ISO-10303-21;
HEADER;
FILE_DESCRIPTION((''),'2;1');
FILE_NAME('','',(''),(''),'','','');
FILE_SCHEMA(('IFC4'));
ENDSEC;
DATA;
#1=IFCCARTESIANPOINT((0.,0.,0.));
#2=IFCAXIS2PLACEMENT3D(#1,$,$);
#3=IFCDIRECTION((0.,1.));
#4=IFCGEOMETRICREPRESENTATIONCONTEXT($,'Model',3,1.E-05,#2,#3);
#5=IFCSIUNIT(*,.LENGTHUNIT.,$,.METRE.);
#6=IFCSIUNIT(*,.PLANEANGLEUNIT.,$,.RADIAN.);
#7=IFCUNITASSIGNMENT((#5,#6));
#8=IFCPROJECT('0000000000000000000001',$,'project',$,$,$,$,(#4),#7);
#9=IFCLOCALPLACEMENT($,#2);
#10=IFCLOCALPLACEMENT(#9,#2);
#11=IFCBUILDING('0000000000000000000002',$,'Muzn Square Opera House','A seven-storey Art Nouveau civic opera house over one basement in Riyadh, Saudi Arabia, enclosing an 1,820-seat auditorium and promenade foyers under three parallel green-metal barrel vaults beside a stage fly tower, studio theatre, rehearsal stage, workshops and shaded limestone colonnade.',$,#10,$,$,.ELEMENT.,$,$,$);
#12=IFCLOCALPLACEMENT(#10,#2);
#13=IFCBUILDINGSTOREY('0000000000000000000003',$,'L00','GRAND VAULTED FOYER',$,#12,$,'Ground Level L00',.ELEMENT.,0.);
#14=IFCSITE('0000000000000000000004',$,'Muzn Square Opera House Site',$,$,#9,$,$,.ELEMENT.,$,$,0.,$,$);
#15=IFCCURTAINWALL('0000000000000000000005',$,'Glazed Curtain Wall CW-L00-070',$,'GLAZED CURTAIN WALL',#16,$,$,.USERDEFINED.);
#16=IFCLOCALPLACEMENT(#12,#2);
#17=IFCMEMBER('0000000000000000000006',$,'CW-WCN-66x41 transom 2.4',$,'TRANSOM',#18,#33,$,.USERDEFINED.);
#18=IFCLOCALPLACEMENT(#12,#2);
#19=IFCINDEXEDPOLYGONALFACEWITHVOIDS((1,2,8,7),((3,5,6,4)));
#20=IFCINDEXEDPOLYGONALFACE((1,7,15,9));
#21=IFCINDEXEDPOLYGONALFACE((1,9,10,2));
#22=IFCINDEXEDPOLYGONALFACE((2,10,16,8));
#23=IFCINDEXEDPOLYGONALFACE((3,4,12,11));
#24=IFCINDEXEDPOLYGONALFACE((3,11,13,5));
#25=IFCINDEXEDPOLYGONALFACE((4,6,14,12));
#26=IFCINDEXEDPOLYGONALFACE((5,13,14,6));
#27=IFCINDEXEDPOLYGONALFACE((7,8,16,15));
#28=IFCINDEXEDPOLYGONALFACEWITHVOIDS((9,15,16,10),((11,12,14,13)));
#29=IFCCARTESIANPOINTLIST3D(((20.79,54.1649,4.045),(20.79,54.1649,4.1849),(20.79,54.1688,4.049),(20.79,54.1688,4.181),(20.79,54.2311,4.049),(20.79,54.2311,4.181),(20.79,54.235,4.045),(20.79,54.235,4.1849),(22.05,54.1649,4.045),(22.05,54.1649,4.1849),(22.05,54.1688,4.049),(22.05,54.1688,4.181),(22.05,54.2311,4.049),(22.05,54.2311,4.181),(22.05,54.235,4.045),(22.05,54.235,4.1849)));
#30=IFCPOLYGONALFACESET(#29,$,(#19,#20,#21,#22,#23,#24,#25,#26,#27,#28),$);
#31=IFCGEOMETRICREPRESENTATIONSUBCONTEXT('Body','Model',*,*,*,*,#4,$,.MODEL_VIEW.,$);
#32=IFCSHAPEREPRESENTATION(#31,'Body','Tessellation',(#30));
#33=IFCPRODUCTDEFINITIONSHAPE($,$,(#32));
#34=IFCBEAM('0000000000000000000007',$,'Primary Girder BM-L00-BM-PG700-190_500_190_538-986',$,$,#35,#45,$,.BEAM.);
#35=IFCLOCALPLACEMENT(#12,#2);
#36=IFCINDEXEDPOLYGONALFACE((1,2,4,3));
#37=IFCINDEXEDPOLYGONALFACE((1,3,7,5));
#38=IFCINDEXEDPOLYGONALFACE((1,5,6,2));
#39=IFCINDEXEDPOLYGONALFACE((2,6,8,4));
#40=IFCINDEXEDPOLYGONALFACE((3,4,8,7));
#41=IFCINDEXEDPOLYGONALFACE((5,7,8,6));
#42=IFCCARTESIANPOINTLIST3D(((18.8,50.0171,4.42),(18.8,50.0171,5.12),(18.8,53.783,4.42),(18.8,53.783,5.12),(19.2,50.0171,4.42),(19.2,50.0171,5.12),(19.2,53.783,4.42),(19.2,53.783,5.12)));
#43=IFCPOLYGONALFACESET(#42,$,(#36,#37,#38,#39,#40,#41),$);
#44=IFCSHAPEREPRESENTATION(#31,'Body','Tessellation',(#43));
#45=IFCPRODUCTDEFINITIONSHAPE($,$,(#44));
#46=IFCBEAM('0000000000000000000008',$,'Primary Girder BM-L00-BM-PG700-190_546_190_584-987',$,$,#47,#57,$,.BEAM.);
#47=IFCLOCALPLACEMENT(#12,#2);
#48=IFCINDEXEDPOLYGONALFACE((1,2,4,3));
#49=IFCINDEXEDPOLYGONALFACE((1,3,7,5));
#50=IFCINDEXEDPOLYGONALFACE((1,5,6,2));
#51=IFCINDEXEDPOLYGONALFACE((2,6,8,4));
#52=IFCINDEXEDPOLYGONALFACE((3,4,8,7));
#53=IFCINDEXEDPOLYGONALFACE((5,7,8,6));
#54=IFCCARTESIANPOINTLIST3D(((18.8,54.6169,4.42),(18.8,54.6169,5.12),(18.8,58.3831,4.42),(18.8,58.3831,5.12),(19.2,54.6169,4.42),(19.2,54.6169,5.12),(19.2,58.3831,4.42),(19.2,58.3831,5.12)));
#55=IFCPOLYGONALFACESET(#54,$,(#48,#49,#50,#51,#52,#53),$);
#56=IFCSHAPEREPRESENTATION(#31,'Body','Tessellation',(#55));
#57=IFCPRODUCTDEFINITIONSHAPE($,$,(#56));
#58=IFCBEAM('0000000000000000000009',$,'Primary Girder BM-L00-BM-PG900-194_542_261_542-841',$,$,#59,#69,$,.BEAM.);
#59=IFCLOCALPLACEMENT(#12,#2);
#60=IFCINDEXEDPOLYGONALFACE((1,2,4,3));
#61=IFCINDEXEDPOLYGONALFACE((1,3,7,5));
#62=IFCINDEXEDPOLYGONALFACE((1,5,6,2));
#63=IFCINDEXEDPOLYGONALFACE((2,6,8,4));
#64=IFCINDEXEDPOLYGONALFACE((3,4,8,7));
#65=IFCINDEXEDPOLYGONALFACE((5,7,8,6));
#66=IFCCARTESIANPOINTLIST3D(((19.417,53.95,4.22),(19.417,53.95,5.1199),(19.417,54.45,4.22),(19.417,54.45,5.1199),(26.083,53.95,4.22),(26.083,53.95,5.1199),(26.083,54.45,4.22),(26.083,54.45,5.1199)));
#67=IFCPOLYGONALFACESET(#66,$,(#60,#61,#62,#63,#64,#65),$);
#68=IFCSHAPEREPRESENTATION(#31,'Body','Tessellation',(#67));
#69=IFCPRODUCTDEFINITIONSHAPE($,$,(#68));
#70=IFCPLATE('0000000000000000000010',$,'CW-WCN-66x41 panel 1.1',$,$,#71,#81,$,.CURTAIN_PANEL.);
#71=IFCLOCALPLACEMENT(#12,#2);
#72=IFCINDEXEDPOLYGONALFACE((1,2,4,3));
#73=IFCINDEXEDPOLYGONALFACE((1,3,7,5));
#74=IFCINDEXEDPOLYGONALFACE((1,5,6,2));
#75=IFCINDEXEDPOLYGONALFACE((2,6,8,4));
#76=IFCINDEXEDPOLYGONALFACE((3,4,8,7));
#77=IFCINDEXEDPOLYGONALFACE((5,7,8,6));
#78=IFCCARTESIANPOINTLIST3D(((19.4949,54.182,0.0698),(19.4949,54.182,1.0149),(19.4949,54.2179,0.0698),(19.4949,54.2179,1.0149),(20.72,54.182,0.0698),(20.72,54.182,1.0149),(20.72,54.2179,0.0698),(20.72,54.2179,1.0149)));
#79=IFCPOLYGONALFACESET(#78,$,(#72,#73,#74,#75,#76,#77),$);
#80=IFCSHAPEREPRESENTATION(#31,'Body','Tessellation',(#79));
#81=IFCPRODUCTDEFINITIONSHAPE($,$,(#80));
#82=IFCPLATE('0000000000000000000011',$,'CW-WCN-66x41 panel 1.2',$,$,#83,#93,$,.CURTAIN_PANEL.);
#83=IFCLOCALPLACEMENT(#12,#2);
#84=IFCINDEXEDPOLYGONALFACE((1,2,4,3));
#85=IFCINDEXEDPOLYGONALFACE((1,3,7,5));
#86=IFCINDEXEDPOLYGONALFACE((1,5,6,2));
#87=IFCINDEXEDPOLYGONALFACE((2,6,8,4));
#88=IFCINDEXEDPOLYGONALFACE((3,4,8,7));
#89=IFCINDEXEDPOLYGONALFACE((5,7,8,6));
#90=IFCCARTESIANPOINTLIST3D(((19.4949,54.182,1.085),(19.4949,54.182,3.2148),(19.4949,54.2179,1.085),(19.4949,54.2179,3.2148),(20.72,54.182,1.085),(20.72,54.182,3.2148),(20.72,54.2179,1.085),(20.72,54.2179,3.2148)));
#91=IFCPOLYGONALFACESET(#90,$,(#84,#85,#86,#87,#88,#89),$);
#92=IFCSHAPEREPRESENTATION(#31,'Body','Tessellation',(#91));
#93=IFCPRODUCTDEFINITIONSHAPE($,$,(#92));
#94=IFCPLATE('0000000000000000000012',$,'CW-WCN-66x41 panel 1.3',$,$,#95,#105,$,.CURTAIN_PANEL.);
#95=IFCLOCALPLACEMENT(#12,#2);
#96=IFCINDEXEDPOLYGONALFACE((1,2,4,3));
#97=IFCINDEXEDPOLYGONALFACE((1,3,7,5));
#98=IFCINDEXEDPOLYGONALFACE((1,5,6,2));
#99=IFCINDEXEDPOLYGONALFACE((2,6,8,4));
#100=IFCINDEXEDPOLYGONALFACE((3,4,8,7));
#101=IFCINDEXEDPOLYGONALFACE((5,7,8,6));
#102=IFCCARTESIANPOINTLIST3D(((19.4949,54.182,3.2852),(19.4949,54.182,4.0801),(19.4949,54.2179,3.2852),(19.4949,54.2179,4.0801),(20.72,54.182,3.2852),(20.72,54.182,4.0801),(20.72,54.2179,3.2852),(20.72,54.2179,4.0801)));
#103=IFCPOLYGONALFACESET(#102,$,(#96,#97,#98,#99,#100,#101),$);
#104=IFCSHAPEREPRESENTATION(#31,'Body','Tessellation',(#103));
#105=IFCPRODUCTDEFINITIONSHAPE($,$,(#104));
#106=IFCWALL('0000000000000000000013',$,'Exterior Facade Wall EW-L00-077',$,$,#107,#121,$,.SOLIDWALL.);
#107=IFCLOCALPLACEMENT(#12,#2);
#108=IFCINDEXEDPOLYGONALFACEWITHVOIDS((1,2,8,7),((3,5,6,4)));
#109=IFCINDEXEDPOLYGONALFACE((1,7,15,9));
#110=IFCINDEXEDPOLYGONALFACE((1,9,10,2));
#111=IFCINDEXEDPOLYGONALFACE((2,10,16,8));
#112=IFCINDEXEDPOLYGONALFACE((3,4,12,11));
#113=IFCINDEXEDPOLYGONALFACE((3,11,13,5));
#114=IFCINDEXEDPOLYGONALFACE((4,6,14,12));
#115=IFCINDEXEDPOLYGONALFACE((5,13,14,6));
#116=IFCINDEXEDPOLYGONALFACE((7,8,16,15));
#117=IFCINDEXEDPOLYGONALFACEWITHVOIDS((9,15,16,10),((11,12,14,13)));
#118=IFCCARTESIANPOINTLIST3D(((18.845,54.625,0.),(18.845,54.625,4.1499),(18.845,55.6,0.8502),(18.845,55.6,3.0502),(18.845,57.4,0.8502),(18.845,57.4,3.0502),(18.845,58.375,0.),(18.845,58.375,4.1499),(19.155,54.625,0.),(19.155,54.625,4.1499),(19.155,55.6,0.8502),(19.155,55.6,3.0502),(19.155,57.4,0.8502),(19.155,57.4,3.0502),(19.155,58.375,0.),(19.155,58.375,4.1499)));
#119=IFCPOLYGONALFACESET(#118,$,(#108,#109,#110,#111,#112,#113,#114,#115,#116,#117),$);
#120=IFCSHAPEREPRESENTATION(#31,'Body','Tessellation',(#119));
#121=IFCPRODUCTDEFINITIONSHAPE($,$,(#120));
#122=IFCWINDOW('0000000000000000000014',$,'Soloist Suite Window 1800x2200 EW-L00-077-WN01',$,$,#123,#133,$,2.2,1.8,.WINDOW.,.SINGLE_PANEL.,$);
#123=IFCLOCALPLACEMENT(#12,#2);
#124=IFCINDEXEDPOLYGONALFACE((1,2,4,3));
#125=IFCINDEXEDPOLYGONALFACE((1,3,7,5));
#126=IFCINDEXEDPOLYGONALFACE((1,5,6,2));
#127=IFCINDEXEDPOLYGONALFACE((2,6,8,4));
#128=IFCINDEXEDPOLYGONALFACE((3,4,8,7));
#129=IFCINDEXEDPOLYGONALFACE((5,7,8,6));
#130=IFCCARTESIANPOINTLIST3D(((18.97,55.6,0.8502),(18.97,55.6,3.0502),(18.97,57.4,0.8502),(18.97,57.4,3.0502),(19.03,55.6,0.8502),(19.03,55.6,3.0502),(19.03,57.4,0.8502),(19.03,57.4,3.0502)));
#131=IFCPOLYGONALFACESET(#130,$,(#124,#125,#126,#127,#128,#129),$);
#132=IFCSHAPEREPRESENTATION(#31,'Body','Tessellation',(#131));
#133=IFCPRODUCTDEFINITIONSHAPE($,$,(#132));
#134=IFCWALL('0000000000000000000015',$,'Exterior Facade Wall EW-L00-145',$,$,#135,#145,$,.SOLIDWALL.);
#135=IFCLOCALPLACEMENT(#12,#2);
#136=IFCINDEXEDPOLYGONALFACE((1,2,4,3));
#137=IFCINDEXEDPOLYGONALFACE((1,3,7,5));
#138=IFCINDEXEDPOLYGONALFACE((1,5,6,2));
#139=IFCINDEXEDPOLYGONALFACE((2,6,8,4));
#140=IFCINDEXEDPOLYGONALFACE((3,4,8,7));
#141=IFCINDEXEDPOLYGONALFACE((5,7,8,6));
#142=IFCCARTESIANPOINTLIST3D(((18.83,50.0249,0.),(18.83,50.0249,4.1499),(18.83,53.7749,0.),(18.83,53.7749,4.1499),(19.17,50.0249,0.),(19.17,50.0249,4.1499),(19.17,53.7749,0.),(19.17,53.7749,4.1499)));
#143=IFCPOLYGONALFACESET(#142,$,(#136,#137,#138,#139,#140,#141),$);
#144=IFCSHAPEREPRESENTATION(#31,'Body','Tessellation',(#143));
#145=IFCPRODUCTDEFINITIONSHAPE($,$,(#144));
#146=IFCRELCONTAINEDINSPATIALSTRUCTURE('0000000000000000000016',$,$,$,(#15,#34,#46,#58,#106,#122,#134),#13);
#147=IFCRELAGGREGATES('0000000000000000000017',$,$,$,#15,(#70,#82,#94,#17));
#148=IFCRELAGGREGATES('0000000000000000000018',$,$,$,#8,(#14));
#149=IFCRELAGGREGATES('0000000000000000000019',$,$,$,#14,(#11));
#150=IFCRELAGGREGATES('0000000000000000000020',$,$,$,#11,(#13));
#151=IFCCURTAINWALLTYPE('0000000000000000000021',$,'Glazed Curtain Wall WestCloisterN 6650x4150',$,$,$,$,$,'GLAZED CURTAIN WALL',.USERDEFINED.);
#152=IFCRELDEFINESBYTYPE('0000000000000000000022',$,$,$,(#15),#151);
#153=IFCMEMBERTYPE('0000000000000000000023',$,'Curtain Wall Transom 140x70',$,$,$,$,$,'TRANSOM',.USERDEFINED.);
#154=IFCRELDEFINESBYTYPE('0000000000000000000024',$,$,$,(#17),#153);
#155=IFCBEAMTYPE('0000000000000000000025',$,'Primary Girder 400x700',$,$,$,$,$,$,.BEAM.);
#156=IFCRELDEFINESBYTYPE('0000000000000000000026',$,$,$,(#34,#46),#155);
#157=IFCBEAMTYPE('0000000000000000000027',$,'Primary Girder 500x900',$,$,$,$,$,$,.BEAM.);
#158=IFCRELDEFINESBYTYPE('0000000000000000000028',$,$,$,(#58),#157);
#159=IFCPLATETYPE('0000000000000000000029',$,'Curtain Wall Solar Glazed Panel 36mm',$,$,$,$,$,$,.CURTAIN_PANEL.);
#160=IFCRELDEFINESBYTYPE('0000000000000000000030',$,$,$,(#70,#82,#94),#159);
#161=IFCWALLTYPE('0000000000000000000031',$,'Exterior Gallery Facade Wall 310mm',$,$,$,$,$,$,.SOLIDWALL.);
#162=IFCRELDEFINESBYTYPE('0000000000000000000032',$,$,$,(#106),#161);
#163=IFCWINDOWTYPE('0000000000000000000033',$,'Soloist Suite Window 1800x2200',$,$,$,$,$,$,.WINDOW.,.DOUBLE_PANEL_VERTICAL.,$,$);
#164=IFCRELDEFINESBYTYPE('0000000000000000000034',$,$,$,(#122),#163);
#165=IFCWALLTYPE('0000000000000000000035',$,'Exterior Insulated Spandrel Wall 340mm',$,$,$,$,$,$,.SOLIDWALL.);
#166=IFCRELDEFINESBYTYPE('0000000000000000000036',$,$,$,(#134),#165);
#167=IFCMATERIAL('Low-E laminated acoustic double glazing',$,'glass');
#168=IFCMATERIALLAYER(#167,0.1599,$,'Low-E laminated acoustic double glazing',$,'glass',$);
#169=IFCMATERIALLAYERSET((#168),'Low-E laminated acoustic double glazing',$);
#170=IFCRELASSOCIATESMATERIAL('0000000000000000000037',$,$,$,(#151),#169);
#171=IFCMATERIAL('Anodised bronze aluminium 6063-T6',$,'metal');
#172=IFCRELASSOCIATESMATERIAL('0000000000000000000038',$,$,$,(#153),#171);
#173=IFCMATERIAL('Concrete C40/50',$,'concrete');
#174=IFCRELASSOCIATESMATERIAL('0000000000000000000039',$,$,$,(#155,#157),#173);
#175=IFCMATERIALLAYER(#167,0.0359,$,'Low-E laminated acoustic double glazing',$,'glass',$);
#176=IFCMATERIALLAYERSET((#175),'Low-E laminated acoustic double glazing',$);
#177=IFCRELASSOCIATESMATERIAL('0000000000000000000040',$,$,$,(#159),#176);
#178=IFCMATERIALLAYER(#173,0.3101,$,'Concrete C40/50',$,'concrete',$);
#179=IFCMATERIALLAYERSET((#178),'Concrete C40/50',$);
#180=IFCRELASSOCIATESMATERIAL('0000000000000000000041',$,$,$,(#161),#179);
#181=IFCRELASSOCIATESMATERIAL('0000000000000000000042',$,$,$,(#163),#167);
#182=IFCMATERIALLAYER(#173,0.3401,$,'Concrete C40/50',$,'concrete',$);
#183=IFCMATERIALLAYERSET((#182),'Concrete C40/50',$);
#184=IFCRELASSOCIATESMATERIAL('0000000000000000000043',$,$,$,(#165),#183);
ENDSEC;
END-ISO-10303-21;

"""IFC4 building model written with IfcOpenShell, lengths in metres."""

from ifc_helpers import new_model, si_unit, direction, frame, frame_2d, origin, origin_2d, place, context, subcontext, project, spatial, rectangle, hollow_rectangle, extrude, material, layer, layer_set, material_profile, profile_set, type_object, element, fill, aggregate, save


model = new_model("IFC4")

# Units and contexts
model_context = context("Model", 3, precision=1e-05, world=origin(), true_north=direction((0.0, 1.0)))
body_context = subcontext(model_context, "Body", "Model", "MODEL_VIEW")
ifc_project = project(units=[si_unit("LENGTHUNIT", "METRE"), si_unit("PLANEANGLEUNIT", "RADIAN")], contexts=[model_context])

# Site, building, storey
site_placement = place(None, origin())
site = spatial("IfcSite", under=ifc_project, at=site_placement, Name="Muzn Square Opera House Site", CompositionType="ELEMENT", RefElevation=0.0)
building_placement = place(site_placement, origin())
building = spatial("IfcBuilding", under=site, at=building_placement, Name="Muzn Square Opera House", Description="A seven-storey Art Nouveau civic opera house over one basement in Riyadh, Saudi Arabia, enclosing an 1,820-seat auditorium and promenade foyers under three parallel green-metal barrel vaults beside a stage fly tower, studio theatre, rehearsal stage, workshops and shaded limestone colonnade.", CompositionType="ELEMENT")
storey_placement = place(building_placement, origin())
storey = spatial("IfcBuildingStorey", under=building, at=storey_placement, Name="L00", Description="GRAND VAULTED FOYER", LongName="Ground Level L00", CompositionType="ELEMENT", Elevation=0.0)

# Curtain wall, member
ifc_material_1 = material(Name="Low-E laminated acoustic double glazing", Category="glass")
ifc_layer_1 = layer(ifc_material_1, 0.1599, Name="Low-E laminated acoustic double glazing", Category="glass")
ifc_layer_set_1 = layer_set([ifc_layer_1], Name="Low-E laminated acoustic double glazing")
curtain_wall_type = type_object("IfcCurtainWallType", Name="Glazed Curtain Wall WestCloisterN 6650x4150", ElementType="GLAZED CURTAIN WALL", PredefinedType="USERDEFINED", material=ifc_layer_set_1)
curtain_wall_placement = place(storey_placement, origin())
curtain_wall = element("IfcCurtainWall", 1, at=curtain_wall_placement, inside=storey, type_object=curtain_wall_type, Name="Glazed Curtain Wall CW-L00-070", ObjectType="GLAZED CURTAIN WALL", PredefinedType="USERDEFINED")
ifc_material_2 = material(Name="Anodised bronze aluminium 6063-T6", Category="metal")
ifc_material_profile_1 = material_profile(ifc_material_2, hollow_rectangle(XDim=0.0701, YDim=0.1399, WallThickness=0.0039, at=origin_2d()), Name="ALU 140x70x4", Category="metal")
ifc_profile_set_1 = profile_set([ifc_material_profile_1], Name="Anodised bronze aluminium 6063-T6")
member_type_1 = type_object("IfcMemberType", Name="Curtain Wall Transom 140x70", ElementType="TRANSOM", PredefinedType="USERDEFINED", material=ifc_profile_set_1)
member_1_placement = place(storey_placement, frame((20.79, 54.2, 4.115), z_axis=(1.0, 0.0, 0.0), x_axis=(0.0, 1.0, 0.0)))
member_1 = element("IfcMember", 2, at=member_1_placement, type_object=member_type_1, Name="CW-WCN-66x41 transom 2.4", ObjectType="TRANSOM", PredefinedType="USERDEFINED", context=body_context, shape_type="SweptSolid", body=[
    extrude(hollow_rectangle(XDim=0.0701, YDim=0.1399, WallThickness=0.0039, at=origin_2d()), origin(), (0.0, 0.0, 1.0), 1.26),
])

# Beams
ifc_material_3 = material(Name="Concrete C40/50", Category="concrete")
ifc_material_profile_2 = material_profile(ifc_material_3, rectangle(XDim=0.3999, YDim=0.7, at=origin_2d()), Name="RCB 400x700", Category="concrete")
ifc_profile_set_2 = profile_set([ifc_material_profile_2], Name="Concrete C40/50")
beam_type_1 = type_object("IfcBeamType", Name="Primary Girder 400x700", PredefinedType="BEAM", material=ifc_profile_set_2)
beam_1_placement = place(storey_placement, frame((19.0, 50.0171, 4.77), z_axis=(0.0, 1.0, 0.0), x_axis=(-1.0, 0.0, 0.0)))
element("IfcBeam", 3, at=beam_1_placement, inside=storey, type_object=beam_type_1, Name="Primary Girder BM-L00-BM-PG700-190_500_190_538-986", PredefinedType="BEAM", context=body_context, shape_type="SweptSolid", body=[
    extrude(rectangle(XDim=0.3999, YDim=0.7, at=origin_2d()), origin(), (0.0, 0.0, 1.0), 3.7659),
])
beam_2_placement = place(storey_placement, frame((19.0, 54.6169, 4.77), z_axis=(0.0, 1.0, 0.0), x_axis=(-1.0, 0.0, 0.0)))
element("IfcBeam", 4, at=beam_2_placement, inside=storey, type_object=beam_type_1, Name="Primary Girder BM-L00-BM-PG700-190_546_190_584-987", PredefinedType="BEAM", context=body_context, shape_type="SweptSolid", body=[
    extrude(rectangle(XDim=0.3999, YDim=0.7, at=origin_2d()), origin(), (0.0, 0.0, 1.0), 3.7661),
])
ifc_material_profile_3 = material_profile(ifc_material_3, rectangle(XDim=0.5, YDim=0.8999, at=origin_2d()), Name="RCB 500x900", Category="concrete")
ifc_profile_set_3 = profile_set([ifc_material_profile_3], Name="Concrete C40/50")
beam_type_2 = type_object("IfcBeamType", Name="Primary Girder 500x900", PredefinedType="BEAM", material=ifc_profile_set_3)
beam_3_placement = place(storey_placement, frame((19.417, 54.2, 4.6699), z_axis=(1.0, 0.0, 0.0), x_axis=(0.0, 1.0, 0.0)))
element("IfcBeam", 5, at=beam_3_placement, inside=storey, type_object=beam_type_2, Name="Primary Girder BM-L00-BM-PG900-194_542_261_542-841", PredefinedType="BEAM", context=body_context, shape_type="SweptSolid", body=[
    extrude(rectangle(XDim=0.5, YDim=0.8999, at=origin_2d()), origin(), (0.0, 0.0, 1.0), 6.666),
])

# Plates
ifc_layer_2 = layer(ifc_material_1, 0.0359, Name="Low-E laminated acoustic double glazing", Category="glass")
ifc_layer_set_2 = layer_set([ifc_layer_2], Name="Low-E laminated acoustic double glazing")
plate_type = type_object("IfcPlateType", Name="Curtain Wall Solar Glazed Panel 36mm", PredefinedType="CURTAIN_PANEL", material=ifc_layer_set_2)
plate_1_placement = place(storey_placement, frame((20.1074, 54.2, 0.0698), z_axis=(0.0, 0.0, 1.0), x_axis=(1.0, 0.0, 0.0)))
plate_1 = element("IfcPlate", 6, at=plate_1_placement, type_object=plate_type, Name="CW-WCN-66x41 panel 1.1", PredefinedType="CURTAIN_PANEL", context=body_context, shape_type="SweptSolid", body=[
    extrude(rectangle(XDim=1.2251, YDim=0.0359, at=origin_2d()), origin(), (0.0, 0.0, 1.0), 0.9451),
])
plate_2_placement = place(storey_placement, frame((20.1074, 54.2, 1.085), z_axis=(0.0, 0.0, 1.0), x_axis=(1.0, 0.0, 0.0)))
plate_2 = element("IfcPlate", 7, at=plate_2_placement, type_object=plate_type, Name="CW-WCN-66x41 panel 1.2", PredefinedType="CURTAIN_PANEL", context=body_context, shape_type="SweptSolid", body=[
    extrude(rectangle(XDim=1.2251, YDim=0.0359, at=origin_2d()), origin(), (0.0, 0.0, 1.0), 2.1299),
])
plate_3_placement = place(storey_placement, frame((20.1074, 54.2, 3.2852), z_axis=(0.0, 0.0, 1.0), x_axis=(1.0, 0.0, 0.0)))
plate_3 = element("IfcPlate", 8, at=plate_3_placement, type_object=plate_type, Name="CW-WCN-66x41 panel 1.3", PredefinedType="CURTAIN_PANEL", context=body_context, shape_type="SweptSolid", body=[
    extrude(rectangle(XDim=1.2251, YDim=0.0359, at=origin_2d()), origin(), (0.0, 0.0, 1.0), 0.7949),
])
aggregate(curtain_wall, [plate_1, plate_2, plate_3, member_1])

# Wall, opening, window
ifc_layer_3 = layer(ifc_material_3, 0.3101, Name="Concrete C40/50", Category="concrete")
ifc_layer_set_3 = layer_set([ifc_layer_3], Name="Concrete C40/50")
wall_type_1 = type_object("IfcWallType", Name="Exterior Gallery Facade Wall 310mm", PredefinedType="SOLIDWALL", material=ifc_layer_set_3)
wall_1_placement = place(storey_placement, frame((19.0, 54.625, 0.0), z_axis=(0.0, 0.0, 1.0), x_axis=(0.0, 1.0, 0.0)))
wall_1 = element("IfcWall", 9, at=wall_1_placement, inside=storey, type_object=wall_type_1, Name="Exterior Facade Wall EW-L00-077", PredefinedType="SOLIDWALL", context=body_context, shape_type="SweptSolid", body=[
    extrude(rectangle(XDim=3.75, YDim=0.3101, at=frame_2d((1.875, 0.0))), origin(), (0.0, 0.0, 1.0), 4.1499),
])
opening_placement = place(wall_1_placement, frame((0.9751, 0.0, 0.8501)))
opening = element("IfcOpeningElement", 10, at=opening_placement, cuts=wall_1, PredefinedType="OPENING", context=body_context, shape_type="SweptSolid", body=[
    extrude(rectangle(XDim=1.8, YDim=2.2, at=frame_2d((0.8999, 1.1001))), frame((0.0, 0.165, 0.0), z_axis=(0.0, -1.0, 0.0), x_axis=(1.0, 0.0, 0.0)), (0.0, 0.0, 1.0), 0.3301),
])
window_type = type_object("IfcWindowType", Name="Soloist Suite Window 1800x2200", PartitioningType="DOUBLE_PANEL_VERTICAL", PredefinedType="WINDOW", material=ifc_material_1)
window_placement = place(opening_placement, origin())
window = element("IfcWindow", 11, at=window_placement, inside=storey, type_object=window_type, Name="Soloist Suite Window 1800x2200 EW-L00-077-WN01", OverallHeight=2.2, OverallWidth=1.8, PartitioningType="SINGLE_PANEL", PredefinedType="WINDOW", context=body_context, shape_type="SweptSolid", body=[
    extrude(rectangle(XDim=1.8, YDim=2.2, at=frame_2d((0.8999, 1.1001))), frame((0.0, 0.03, 0.0), z_axis=(0.0, -1.0, 0.0), x_axis=(1.0, 0.0, 0.0)), (0.0, 0.0, 1.0), 0.0601),
])
fill(opening, window)

# Wall
ifc_layer_4 = layer(ifc_material_3, 0.3401, Name="Concrete C40/50", Category="concrete")
ifc_layer_set_4 = layer_set([ifc_layer_4], Name="Concrete C40/50")
wall_type_2 = type_object("IfcWallType", Name="Exterior Insulated Spandrel Wall 340mm", PredefinedType="SOLIDWALL", material=ifc_layer_set_4)
wall_2_placement = place(storey_placement, frame((19.0, 50.0249, 0.0), z_axis=(0.0, 0.0, 1.0), x_axis=(0.0, 1.0, 0.0)))
element("IfcWall", 12, at=wall_2_placement, inside=storey, type_object=wall_type_2, Name="Exterior Facade Wall EW-L00-145", PredefinedType="SOLIDWALL", context=body_context, shape_type="SweptSolid", body=[
    extrude(rectangle(XDim=3.75, YDim=0.3401, at=frame_2d((1.875, 0.0))), origin(), (0.0, 0.0, 1.0), 4.1499),
])

save(model, "model.ifc")
